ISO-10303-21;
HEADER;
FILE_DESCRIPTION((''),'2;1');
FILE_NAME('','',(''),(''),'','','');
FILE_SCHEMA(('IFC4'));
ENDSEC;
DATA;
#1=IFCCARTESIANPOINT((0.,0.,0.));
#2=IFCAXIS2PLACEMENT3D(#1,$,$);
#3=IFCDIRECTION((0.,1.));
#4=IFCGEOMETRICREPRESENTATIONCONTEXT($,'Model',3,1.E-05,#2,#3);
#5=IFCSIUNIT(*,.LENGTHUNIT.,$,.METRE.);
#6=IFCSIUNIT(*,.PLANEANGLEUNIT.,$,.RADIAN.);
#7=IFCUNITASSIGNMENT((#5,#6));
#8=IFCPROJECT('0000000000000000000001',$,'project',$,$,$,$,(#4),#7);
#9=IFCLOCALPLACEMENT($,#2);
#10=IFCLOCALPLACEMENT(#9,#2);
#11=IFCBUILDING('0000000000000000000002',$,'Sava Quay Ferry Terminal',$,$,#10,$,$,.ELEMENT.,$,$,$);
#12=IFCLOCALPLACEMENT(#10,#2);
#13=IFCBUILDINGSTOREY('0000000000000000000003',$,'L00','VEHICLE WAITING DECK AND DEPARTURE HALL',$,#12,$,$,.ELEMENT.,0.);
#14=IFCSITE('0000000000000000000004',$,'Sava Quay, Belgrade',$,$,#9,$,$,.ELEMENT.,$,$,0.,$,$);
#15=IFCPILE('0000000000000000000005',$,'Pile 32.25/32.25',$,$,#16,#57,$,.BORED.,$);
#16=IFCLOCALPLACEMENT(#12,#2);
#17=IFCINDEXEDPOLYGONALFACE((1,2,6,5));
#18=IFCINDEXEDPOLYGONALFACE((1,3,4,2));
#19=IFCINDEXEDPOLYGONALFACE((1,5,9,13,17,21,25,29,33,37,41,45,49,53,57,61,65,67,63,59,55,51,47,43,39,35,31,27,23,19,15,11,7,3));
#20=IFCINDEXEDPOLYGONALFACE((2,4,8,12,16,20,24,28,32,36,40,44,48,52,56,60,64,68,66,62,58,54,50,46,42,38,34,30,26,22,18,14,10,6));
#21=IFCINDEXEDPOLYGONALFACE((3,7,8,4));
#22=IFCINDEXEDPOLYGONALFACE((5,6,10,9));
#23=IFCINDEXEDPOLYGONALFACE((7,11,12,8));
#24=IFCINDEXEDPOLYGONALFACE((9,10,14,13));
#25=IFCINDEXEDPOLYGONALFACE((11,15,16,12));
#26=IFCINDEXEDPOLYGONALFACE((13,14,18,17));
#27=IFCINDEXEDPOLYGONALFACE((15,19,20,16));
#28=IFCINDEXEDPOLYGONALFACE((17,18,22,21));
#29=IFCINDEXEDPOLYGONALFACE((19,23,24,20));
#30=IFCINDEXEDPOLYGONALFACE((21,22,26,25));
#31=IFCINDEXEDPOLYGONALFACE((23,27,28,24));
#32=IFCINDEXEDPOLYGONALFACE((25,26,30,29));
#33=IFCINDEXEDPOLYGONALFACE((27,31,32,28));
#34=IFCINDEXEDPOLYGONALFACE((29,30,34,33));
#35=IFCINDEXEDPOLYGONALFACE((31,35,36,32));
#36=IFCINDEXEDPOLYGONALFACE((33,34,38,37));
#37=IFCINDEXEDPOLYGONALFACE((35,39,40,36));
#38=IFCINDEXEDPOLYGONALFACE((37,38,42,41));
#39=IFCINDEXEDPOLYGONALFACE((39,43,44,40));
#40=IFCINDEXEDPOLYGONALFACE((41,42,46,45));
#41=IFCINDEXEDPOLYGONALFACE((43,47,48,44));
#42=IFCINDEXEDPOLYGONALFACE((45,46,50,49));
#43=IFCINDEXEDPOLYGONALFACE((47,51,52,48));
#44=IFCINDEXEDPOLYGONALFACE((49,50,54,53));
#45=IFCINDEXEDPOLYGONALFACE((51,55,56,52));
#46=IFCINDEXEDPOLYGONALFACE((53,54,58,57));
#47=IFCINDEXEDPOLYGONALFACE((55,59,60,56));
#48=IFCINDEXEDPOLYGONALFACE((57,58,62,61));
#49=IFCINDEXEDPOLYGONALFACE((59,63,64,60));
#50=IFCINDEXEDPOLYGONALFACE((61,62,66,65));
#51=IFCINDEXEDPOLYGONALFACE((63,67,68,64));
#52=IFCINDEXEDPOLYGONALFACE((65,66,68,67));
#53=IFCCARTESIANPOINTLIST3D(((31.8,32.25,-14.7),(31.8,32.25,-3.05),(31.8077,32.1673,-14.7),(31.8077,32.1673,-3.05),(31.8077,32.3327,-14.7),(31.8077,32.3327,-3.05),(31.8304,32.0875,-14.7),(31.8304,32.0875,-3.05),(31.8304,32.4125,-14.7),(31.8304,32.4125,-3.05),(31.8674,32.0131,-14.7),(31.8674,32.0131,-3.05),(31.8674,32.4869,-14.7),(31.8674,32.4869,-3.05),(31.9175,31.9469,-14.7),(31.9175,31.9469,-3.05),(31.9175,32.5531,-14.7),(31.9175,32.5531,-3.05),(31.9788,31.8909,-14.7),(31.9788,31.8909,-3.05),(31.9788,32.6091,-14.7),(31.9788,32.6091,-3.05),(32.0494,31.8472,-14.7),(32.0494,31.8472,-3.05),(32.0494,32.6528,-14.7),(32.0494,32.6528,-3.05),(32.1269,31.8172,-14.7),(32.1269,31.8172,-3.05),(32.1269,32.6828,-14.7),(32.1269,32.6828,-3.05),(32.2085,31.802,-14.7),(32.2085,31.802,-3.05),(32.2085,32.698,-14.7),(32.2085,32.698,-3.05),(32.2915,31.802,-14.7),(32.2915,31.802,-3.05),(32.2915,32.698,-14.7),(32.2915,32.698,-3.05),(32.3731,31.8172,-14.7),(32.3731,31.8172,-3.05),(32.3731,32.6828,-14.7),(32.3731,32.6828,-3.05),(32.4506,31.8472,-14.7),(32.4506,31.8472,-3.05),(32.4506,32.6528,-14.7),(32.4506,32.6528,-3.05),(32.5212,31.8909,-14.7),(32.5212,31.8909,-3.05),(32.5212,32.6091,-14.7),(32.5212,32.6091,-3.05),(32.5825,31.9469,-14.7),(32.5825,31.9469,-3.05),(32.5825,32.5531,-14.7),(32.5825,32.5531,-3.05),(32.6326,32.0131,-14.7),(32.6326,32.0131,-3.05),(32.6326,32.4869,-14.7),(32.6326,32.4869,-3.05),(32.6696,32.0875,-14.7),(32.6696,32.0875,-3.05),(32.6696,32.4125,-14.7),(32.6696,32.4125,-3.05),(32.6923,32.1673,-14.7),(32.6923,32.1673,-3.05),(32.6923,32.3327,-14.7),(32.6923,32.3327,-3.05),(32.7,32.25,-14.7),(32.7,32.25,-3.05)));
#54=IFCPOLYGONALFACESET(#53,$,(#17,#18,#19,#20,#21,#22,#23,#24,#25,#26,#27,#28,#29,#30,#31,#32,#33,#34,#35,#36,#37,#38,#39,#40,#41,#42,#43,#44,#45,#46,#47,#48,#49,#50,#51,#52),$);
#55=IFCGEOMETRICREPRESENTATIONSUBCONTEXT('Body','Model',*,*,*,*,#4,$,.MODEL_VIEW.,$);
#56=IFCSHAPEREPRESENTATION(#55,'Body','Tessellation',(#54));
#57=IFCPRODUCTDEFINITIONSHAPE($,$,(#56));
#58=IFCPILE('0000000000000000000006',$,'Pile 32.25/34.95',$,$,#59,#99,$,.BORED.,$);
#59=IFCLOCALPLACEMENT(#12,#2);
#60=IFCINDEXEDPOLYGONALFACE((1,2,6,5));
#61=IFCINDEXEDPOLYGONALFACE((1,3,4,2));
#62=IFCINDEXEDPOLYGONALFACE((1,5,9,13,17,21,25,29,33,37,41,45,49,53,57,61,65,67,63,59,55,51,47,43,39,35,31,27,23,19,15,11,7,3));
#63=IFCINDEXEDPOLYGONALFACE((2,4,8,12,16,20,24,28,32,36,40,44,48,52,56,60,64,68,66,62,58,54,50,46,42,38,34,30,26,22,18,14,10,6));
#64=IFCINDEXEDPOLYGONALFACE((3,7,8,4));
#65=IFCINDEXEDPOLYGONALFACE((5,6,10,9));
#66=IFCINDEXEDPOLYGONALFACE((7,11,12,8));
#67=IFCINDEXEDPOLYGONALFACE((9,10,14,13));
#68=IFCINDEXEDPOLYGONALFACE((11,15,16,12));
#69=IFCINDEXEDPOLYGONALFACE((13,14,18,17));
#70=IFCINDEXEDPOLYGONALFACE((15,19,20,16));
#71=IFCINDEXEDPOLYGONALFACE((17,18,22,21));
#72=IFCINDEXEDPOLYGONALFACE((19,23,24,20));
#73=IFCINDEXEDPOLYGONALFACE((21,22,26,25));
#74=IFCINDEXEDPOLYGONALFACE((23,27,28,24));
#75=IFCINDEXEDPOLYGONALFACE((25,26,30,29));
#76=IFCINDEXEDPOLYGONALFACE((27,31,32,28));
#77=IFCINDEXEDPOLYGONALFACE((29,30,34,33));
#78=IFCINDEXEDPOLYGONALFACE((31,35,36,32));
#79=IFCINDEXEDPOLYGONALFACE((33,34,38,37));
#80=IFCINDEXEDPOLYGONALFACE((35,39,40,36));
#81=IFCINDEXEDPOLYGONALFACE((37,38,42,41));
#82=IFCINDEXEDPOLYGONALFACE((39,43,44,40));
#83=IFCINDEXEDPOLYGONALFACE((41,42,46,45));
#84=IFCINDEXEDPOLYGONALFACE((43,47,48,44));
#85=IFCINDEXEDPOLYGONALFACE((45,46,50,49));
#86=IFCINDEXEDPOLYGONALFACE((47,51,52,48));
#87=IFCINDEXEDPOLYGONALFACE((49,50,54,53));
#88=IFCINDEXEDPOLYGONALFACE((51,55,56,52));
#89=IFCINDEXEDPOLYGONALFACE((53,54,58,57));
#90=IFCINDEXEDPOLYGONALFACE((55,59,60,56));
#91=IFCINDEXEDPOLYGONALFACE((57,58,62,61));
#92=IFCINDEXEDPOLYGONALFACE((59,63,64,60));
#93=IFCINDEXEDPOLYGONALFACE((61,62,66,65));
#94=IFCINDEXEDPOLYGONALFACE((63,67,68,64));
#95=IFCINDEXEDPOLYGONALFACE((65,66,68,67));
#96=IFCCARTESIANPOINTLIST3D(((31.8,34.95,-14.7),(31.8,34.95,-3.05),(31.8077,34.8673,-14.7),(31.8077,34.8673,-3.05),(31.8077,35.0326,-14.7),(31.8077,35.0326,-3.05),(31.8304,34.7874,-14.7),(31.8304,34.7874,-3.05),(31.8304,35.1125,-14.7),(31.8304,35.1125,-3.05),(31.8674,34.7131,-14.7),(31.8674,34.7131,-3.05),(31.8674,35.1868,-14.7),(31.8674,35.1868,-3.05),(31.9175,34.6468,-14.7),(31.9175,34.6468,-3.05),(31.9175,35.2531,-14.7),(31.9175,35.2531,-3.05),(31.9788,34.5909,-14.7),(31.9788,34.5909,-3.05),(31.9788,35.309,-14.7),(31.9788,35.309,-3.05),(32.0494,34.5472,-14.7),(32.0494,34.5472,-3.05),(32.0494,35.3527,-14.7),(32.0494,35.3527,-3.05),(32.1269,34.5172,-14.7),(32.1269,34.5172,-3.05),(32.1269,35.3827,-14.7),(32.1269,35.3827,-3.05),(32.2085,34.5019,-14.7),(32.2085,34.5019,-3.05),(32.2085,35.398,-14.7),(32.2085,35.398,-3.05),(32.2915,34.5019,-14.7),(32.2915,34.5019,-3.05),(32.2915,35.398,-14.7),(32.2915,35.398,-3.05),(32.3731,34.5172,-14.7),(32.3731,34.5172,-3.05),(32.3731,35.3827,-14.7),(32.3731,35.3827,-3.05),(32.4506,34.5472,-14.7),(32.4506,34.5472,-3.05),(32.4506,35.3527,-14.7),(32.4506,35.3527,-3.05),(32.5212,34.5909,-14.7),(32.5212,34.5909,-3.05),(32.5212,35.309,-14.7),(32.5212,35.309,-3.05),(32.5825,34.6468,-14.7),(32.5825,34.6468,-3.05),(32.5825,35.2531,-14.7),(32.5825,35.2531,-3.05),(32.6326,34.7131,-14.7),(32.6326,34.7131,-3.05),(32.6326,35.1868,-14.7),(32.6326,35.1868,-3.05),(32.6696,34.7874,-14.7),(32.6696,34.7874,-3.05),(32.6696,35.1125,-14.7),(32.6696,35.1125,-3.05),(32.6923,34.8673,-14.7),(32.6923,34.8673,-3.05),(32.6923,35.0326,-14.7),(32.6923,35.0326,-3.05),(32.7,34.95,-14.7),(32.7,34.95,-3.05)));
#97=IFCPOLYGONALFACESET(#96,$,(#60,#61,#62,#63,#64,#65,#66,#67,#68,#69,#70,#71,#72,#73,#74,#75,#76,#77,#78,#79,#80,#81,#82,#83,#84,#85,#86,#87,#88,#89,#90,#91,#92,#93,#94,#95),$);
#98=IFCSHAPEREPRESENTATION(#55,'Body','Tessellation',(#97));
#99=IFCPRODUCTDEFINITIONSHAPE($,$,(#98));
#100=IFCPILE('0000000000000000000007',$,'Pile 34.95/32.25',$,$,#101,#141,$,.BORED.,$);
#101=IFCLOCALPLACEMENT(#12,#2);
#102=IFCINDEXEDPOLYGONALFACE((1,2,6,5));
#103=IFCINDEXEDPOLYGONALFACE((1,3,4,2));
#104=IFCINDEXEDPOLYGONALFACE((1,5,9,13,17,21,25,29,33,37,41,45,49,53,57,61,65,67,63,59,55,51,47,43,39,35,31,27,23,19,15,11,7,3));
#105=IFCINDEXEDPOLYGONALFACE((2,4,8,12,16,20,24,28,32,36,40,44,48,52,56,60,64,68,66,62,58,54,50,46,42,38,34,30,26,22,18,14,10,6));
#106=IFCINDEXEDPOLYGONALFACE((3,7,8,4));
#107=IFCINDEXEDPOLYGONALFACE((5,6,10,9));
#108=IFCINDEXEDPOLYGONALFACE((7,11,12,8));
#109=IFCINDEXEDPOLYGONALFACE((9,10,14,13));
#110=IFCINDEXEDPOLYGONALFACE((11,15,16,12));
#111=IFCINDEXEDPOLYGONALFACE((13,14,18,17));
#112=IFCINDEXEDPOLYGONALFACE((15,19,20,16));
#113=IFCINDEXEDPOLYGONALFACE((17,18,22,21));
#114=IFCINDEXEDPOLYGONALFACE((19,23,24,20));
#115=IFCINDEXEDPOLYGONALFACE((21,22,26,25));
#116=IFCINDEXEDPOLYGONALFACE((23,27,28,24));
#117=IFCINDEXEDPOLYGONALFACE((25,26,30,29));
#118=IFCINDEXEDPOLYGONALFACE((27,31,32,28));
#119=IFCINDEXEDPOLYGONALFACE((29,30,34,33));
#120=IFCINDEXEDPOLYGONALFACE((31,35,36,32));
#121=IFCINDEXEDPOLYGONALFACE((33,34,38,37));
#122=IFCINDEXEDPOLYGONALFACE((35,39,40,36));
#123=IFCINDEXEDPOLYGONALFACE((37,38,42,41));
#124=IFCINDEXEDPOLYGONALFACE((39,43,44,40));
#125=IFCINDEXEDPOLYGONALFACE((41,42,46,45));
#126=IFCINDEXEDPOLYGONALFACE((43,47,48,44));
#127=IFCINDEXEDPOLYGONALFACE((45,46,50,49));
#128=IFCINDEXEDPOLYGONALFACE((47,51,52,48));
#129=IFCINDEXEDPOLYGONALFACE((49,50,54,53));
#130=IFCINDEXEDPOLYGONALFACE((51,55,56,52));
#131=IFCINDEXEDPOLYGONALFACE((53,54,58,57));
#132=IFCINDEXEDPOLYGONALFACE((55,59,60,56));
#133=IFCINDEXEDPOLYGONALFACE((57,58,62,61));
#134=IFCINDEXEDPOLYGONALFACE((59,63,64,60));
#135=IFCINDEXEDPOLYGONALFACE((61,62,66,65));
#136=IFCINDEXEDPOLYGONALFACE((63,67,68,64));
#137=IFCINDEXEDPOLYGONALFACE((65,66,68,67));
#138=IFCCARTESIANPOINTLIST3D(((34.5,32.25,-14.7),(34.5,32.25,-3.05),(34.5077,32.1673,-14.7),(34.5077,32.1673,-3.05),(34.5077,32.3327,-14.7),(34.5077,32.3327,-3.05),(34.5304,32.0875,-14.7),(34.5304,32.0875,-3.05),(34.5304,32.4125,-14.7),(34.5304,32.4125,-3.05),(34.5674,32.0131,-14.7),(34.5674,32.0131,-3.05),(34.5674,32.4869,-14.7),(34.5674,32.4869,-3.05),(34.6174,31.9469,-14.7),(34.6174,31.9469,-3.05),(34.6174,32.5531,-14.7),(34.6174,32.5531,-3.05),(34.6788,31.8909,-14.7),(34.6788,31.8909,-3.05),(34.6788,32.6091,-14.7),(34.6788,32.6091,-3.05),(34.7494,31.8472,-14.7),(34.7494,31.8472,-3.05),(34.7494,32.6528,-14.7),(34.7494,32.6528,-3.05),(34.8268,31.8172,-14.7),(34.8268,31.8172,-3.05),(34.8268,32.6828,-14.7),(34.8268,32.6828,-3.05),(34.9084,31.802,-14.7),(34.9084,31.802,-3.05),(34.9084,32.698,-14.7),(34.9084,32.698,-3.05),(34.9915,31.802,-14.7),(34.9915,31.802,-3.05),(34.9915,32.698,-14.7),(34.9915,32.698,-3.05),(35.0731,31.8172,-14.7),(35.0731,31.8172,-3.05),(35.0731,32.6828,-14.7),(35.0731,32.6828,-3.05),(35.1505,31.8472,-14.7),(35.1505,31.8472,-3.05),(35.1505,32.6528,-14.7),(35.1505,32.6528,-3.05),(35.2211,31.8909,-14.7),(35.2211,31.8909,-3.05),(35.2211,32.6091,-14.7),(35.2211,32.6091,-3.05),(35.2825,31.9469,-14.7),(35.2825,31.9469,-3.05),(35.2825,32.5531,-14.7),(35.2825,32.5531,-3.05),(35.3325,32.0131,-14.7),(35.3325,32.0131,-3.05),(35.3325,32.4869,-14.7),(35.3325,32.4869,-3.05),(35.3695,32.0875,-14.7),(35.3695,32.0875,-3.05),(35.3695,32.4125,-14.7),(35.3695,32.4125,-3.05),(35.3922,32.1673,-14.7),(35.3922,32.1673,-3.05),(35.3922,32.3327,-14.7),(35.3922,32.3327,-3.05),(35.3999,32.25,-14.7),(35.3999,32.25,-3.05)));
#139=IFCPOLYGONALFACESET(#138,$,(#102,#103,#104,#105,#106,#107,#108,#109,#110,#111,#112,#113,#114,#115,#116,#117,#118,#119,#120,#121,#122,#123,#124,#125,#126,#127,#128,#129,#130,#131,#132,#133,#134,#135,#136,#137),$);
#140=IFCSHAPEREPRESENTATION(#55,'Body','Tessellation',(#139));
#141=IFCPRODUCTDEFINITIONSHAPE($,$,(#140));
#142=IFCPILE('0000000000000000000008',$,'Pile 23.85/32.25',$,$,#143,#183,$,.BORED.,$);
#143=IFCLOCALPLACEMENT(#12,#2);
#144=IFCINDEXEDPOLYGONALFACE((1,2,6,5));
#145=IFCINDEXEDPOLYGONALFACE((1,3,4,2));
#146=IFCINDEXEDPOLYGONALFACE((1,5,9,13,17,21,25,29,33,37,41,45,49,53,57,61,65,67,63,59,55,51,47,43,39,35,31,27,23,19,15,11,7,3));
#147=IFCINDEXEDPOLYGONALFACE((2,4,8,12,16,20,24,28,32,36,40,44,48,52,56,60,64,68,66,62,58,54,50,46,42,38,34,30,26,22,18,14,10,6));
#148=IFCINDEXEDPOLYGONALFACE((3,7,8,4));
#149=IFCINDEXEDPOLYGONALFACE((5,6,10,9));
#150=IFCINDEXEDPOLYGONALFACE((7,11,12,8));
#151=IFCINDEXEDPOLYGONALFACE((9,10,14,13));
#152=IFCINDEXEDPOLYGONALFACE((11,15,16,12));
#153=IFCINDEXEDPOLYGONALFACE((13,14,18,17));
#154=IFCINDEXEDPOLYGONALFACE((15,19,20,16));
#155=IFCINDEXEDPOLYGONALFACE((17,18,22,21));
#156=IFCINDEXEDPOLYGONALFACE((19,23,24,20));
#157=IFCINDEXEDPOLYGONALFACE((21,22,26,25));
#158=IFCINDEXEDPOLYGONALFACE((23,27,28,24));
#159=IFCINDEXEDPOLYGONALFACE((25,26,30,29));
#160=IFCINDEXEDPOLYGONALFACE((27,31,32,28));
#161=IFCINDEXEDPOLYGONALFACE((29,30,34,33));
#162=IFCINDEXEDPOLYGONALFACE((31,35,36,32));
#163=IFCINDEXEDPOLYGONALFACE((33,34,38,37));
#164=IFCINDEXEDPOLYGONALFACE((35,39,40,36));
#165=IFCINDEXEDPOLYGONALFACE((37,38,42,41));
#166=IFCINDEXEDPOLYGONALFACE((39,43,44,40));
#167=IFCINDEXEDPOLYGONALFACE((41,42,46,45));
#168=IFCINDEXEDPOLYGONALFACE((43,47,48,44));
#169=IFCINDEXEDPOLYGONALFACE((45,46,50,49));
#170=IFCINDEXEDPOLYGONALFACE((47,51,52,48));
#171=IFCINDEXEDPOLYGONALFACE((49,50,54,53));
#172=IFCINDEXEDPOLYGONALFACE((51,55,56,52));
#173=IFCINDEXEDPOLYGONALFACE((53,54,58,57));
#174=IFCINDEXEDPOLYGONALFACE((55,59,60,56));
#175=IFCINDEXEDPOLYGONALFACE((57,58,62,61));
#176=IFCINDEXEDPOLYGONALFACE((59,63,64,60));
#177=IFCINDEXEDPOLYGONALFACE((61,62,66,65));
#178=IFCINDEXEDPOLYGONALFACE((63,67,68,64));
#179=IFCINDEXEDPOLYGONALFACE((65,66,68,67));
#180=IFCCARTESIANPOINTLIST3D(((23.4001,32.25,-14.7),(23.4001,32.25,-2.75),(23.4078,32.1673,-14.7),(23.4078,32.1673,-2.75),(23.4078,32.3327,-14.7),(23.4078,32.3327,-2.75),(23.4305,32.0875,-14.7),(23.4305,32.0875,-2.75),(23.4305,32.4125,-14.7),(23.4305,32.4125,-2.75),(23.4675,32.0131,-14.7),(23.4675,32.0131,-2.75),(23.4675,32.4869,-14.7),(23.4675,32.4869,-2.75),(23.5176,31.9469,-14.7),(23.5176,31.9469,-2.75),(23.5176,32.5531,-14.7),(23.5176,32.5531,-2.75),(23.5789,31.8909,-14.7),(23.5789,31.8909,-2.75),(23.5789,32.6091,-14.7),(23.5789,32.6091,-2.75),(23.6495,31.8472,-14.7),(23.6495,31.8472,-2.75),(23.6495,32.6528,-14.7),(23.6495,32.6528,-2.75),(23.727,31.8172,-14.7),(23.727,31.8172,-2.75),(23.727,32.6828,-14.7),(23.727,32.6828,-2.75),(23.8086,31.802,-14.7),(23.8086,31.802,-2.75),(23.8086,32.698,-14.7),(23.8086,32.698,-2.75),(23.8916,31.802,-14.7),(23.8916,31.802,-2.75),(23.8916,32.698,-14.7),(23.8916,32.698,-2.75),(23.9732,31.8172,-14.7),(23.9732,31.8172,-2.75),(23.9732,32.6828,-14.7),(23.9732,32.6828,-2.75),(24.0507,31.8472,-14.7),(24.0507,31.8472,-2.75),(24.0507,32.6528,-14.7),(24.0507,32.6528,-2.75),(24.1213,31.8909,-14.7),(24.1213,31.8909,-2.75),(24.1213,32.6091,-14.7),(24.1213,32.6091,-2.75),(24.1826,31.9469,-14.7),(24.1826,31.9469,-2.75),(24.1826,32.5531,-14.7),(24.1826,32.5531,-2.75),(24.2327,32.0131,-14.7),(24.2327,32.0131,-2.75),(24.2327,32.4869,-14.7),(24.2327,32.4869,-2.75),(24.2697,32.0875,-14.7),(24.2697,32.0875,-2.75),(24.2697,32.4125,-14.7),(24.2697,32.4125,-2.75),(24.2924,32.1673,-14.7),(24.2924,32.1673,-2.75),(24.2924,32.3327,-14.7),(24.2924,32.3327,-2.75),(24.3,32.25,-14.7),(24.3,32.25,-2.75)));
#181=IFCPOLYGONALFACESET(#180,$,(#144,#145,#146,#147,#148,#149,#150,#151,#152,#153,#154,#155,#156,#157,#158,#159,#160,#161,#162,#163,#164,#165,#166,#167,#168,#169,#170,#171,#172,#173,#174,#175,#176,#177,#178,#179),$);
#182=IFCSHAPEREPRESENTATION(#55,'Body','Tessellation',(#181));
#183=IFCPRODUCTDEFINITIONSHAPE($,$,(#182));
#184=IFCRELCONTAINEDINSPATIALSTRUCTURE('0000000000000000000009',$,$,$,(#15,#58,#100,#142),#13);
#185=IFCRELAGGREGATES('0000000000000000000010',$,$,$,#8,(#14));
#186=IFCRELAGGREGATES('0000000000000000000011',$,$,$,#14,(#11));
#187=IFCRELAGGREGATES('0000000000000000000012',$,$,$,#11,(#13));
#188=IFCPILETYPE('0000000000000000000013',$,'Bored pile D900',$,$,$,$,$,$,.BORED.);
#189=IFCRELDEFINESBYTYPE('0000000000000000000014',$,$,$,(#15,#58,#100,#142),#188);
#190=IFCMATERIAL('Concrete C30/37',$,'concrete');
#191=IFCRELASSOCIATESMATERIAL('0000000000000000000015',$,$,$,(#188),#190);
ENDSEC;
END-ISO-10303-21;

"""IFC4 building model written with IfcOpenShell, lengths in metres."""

from ifc_helpers import new_model, si_unit, direction, frame, origin, origin_2d, place, context, subcontext, project, spatial, circle, extrude, material, material_profile, profile_set, type_object, element, save


model = new_model("IFC4")

# Units and contexts
model_context = context("Model", 3, precision=1e-05, world=origin(), true_north=direction((0.0, 1.0)))
body_context = subcontext(model_context, "Body", "Model", "MODEL_VIEW")
ifc_project = project(units=[si_unit("LENGTHUNIT", "METRE"), si_unit("PLANEANGLEUNIT", "RADIAN")], contexts=[model_context])

# Site, building, storey
site_placement = place(None, origin())
site = spatial("IfcSite", under=ifc_project, at=site_placement, Name="Sava Quay, Belgrade", CompositionType="ELEMENT", RefElevation=0.0)
building_placement = place(site_placement, origin())
building = spatial("IfcBuilding", under=site, at=building_placement, Name="Sava Quay Ferry Terminal", CompositionType="ELEMENT")
storey_placement = place(building_placement, origin())
storey = spatial("IfcBuildingStorey", under=building, at=storey_placement, Name="L00", Description="VEHICLE WAITING DECK AND DEPARTURE HALL", CompositionType="ELEMENT", Elevation=0.0)

# Piles
ifc_material_1 = material(Name="Concrete C30/37", Category="concrete")
ifc_material_profile_1 = material_profile(ifc_material_1, circle(Radius=0.45, at=origin_2d()), Name="Bored pile D900")
ifc_profile_set_1 = profile_set([ifc_material_profile_1], Name="Concrete C30/37")
pile_type = type_object("IfcPileType", Name="Bored pile D900", PredefinedType="BORED", material=ifc_profile_set_1)
for number, where, z_axis, x_axis, name in (
    (1, (32.25, 32.25, -3.05), (0.0, 0.0, -1.0), (1.0, 0.0, 0.0), "Pile 32.25/32.25"),
    (2, (32.25, 34.95, -3.05), (0.0, 0.0, -1.0), (1.0, 0.0, 0.0), "Pile 32.25/34.95"),
    (3, (34.95, 32.25, -3.05), (0.0, 0.0, -1.0), (1.0, 0.0, 0.0), "Pile 34.95/32.25"),
):
    element("IfcPile", number, at=place(storey_placement, frame(where, z_axis=z_axis, x_axis=x_axis)), inside=storey, type_object=pile_type, Name=name, PredefinedType="BORED", context=body_context, shape_type="SweptSolid", body=[
        extrude(circle(Radius=0.45, at=origin_2d()), origin(), (0.0, 0.0, 1.0), 11.6499),
    ])
for number, where, z_axis, x_axis, name in (
    (4, (23.8501, 32.25, -2.75), (0.0, 0.0, -1.0), (1.0, 0.0, 0.0), "Pile 23.85/32.25"),
):
    element("IfcPile", number, at=place(storey_placement, frame(where, z_axis=z_axis, x_axis=x_axis)), inside=storey, type_object=pile_type, Name=name, PredefinedType="BORED", context=body_context, shape_type="SweptSolid", body=[
        extrude(circle(Radius=0.45, at=origin_2d()), origin(), (0.0, 0.0, 1.0), 11.95),
    ])

save(model, "model.ifc")
